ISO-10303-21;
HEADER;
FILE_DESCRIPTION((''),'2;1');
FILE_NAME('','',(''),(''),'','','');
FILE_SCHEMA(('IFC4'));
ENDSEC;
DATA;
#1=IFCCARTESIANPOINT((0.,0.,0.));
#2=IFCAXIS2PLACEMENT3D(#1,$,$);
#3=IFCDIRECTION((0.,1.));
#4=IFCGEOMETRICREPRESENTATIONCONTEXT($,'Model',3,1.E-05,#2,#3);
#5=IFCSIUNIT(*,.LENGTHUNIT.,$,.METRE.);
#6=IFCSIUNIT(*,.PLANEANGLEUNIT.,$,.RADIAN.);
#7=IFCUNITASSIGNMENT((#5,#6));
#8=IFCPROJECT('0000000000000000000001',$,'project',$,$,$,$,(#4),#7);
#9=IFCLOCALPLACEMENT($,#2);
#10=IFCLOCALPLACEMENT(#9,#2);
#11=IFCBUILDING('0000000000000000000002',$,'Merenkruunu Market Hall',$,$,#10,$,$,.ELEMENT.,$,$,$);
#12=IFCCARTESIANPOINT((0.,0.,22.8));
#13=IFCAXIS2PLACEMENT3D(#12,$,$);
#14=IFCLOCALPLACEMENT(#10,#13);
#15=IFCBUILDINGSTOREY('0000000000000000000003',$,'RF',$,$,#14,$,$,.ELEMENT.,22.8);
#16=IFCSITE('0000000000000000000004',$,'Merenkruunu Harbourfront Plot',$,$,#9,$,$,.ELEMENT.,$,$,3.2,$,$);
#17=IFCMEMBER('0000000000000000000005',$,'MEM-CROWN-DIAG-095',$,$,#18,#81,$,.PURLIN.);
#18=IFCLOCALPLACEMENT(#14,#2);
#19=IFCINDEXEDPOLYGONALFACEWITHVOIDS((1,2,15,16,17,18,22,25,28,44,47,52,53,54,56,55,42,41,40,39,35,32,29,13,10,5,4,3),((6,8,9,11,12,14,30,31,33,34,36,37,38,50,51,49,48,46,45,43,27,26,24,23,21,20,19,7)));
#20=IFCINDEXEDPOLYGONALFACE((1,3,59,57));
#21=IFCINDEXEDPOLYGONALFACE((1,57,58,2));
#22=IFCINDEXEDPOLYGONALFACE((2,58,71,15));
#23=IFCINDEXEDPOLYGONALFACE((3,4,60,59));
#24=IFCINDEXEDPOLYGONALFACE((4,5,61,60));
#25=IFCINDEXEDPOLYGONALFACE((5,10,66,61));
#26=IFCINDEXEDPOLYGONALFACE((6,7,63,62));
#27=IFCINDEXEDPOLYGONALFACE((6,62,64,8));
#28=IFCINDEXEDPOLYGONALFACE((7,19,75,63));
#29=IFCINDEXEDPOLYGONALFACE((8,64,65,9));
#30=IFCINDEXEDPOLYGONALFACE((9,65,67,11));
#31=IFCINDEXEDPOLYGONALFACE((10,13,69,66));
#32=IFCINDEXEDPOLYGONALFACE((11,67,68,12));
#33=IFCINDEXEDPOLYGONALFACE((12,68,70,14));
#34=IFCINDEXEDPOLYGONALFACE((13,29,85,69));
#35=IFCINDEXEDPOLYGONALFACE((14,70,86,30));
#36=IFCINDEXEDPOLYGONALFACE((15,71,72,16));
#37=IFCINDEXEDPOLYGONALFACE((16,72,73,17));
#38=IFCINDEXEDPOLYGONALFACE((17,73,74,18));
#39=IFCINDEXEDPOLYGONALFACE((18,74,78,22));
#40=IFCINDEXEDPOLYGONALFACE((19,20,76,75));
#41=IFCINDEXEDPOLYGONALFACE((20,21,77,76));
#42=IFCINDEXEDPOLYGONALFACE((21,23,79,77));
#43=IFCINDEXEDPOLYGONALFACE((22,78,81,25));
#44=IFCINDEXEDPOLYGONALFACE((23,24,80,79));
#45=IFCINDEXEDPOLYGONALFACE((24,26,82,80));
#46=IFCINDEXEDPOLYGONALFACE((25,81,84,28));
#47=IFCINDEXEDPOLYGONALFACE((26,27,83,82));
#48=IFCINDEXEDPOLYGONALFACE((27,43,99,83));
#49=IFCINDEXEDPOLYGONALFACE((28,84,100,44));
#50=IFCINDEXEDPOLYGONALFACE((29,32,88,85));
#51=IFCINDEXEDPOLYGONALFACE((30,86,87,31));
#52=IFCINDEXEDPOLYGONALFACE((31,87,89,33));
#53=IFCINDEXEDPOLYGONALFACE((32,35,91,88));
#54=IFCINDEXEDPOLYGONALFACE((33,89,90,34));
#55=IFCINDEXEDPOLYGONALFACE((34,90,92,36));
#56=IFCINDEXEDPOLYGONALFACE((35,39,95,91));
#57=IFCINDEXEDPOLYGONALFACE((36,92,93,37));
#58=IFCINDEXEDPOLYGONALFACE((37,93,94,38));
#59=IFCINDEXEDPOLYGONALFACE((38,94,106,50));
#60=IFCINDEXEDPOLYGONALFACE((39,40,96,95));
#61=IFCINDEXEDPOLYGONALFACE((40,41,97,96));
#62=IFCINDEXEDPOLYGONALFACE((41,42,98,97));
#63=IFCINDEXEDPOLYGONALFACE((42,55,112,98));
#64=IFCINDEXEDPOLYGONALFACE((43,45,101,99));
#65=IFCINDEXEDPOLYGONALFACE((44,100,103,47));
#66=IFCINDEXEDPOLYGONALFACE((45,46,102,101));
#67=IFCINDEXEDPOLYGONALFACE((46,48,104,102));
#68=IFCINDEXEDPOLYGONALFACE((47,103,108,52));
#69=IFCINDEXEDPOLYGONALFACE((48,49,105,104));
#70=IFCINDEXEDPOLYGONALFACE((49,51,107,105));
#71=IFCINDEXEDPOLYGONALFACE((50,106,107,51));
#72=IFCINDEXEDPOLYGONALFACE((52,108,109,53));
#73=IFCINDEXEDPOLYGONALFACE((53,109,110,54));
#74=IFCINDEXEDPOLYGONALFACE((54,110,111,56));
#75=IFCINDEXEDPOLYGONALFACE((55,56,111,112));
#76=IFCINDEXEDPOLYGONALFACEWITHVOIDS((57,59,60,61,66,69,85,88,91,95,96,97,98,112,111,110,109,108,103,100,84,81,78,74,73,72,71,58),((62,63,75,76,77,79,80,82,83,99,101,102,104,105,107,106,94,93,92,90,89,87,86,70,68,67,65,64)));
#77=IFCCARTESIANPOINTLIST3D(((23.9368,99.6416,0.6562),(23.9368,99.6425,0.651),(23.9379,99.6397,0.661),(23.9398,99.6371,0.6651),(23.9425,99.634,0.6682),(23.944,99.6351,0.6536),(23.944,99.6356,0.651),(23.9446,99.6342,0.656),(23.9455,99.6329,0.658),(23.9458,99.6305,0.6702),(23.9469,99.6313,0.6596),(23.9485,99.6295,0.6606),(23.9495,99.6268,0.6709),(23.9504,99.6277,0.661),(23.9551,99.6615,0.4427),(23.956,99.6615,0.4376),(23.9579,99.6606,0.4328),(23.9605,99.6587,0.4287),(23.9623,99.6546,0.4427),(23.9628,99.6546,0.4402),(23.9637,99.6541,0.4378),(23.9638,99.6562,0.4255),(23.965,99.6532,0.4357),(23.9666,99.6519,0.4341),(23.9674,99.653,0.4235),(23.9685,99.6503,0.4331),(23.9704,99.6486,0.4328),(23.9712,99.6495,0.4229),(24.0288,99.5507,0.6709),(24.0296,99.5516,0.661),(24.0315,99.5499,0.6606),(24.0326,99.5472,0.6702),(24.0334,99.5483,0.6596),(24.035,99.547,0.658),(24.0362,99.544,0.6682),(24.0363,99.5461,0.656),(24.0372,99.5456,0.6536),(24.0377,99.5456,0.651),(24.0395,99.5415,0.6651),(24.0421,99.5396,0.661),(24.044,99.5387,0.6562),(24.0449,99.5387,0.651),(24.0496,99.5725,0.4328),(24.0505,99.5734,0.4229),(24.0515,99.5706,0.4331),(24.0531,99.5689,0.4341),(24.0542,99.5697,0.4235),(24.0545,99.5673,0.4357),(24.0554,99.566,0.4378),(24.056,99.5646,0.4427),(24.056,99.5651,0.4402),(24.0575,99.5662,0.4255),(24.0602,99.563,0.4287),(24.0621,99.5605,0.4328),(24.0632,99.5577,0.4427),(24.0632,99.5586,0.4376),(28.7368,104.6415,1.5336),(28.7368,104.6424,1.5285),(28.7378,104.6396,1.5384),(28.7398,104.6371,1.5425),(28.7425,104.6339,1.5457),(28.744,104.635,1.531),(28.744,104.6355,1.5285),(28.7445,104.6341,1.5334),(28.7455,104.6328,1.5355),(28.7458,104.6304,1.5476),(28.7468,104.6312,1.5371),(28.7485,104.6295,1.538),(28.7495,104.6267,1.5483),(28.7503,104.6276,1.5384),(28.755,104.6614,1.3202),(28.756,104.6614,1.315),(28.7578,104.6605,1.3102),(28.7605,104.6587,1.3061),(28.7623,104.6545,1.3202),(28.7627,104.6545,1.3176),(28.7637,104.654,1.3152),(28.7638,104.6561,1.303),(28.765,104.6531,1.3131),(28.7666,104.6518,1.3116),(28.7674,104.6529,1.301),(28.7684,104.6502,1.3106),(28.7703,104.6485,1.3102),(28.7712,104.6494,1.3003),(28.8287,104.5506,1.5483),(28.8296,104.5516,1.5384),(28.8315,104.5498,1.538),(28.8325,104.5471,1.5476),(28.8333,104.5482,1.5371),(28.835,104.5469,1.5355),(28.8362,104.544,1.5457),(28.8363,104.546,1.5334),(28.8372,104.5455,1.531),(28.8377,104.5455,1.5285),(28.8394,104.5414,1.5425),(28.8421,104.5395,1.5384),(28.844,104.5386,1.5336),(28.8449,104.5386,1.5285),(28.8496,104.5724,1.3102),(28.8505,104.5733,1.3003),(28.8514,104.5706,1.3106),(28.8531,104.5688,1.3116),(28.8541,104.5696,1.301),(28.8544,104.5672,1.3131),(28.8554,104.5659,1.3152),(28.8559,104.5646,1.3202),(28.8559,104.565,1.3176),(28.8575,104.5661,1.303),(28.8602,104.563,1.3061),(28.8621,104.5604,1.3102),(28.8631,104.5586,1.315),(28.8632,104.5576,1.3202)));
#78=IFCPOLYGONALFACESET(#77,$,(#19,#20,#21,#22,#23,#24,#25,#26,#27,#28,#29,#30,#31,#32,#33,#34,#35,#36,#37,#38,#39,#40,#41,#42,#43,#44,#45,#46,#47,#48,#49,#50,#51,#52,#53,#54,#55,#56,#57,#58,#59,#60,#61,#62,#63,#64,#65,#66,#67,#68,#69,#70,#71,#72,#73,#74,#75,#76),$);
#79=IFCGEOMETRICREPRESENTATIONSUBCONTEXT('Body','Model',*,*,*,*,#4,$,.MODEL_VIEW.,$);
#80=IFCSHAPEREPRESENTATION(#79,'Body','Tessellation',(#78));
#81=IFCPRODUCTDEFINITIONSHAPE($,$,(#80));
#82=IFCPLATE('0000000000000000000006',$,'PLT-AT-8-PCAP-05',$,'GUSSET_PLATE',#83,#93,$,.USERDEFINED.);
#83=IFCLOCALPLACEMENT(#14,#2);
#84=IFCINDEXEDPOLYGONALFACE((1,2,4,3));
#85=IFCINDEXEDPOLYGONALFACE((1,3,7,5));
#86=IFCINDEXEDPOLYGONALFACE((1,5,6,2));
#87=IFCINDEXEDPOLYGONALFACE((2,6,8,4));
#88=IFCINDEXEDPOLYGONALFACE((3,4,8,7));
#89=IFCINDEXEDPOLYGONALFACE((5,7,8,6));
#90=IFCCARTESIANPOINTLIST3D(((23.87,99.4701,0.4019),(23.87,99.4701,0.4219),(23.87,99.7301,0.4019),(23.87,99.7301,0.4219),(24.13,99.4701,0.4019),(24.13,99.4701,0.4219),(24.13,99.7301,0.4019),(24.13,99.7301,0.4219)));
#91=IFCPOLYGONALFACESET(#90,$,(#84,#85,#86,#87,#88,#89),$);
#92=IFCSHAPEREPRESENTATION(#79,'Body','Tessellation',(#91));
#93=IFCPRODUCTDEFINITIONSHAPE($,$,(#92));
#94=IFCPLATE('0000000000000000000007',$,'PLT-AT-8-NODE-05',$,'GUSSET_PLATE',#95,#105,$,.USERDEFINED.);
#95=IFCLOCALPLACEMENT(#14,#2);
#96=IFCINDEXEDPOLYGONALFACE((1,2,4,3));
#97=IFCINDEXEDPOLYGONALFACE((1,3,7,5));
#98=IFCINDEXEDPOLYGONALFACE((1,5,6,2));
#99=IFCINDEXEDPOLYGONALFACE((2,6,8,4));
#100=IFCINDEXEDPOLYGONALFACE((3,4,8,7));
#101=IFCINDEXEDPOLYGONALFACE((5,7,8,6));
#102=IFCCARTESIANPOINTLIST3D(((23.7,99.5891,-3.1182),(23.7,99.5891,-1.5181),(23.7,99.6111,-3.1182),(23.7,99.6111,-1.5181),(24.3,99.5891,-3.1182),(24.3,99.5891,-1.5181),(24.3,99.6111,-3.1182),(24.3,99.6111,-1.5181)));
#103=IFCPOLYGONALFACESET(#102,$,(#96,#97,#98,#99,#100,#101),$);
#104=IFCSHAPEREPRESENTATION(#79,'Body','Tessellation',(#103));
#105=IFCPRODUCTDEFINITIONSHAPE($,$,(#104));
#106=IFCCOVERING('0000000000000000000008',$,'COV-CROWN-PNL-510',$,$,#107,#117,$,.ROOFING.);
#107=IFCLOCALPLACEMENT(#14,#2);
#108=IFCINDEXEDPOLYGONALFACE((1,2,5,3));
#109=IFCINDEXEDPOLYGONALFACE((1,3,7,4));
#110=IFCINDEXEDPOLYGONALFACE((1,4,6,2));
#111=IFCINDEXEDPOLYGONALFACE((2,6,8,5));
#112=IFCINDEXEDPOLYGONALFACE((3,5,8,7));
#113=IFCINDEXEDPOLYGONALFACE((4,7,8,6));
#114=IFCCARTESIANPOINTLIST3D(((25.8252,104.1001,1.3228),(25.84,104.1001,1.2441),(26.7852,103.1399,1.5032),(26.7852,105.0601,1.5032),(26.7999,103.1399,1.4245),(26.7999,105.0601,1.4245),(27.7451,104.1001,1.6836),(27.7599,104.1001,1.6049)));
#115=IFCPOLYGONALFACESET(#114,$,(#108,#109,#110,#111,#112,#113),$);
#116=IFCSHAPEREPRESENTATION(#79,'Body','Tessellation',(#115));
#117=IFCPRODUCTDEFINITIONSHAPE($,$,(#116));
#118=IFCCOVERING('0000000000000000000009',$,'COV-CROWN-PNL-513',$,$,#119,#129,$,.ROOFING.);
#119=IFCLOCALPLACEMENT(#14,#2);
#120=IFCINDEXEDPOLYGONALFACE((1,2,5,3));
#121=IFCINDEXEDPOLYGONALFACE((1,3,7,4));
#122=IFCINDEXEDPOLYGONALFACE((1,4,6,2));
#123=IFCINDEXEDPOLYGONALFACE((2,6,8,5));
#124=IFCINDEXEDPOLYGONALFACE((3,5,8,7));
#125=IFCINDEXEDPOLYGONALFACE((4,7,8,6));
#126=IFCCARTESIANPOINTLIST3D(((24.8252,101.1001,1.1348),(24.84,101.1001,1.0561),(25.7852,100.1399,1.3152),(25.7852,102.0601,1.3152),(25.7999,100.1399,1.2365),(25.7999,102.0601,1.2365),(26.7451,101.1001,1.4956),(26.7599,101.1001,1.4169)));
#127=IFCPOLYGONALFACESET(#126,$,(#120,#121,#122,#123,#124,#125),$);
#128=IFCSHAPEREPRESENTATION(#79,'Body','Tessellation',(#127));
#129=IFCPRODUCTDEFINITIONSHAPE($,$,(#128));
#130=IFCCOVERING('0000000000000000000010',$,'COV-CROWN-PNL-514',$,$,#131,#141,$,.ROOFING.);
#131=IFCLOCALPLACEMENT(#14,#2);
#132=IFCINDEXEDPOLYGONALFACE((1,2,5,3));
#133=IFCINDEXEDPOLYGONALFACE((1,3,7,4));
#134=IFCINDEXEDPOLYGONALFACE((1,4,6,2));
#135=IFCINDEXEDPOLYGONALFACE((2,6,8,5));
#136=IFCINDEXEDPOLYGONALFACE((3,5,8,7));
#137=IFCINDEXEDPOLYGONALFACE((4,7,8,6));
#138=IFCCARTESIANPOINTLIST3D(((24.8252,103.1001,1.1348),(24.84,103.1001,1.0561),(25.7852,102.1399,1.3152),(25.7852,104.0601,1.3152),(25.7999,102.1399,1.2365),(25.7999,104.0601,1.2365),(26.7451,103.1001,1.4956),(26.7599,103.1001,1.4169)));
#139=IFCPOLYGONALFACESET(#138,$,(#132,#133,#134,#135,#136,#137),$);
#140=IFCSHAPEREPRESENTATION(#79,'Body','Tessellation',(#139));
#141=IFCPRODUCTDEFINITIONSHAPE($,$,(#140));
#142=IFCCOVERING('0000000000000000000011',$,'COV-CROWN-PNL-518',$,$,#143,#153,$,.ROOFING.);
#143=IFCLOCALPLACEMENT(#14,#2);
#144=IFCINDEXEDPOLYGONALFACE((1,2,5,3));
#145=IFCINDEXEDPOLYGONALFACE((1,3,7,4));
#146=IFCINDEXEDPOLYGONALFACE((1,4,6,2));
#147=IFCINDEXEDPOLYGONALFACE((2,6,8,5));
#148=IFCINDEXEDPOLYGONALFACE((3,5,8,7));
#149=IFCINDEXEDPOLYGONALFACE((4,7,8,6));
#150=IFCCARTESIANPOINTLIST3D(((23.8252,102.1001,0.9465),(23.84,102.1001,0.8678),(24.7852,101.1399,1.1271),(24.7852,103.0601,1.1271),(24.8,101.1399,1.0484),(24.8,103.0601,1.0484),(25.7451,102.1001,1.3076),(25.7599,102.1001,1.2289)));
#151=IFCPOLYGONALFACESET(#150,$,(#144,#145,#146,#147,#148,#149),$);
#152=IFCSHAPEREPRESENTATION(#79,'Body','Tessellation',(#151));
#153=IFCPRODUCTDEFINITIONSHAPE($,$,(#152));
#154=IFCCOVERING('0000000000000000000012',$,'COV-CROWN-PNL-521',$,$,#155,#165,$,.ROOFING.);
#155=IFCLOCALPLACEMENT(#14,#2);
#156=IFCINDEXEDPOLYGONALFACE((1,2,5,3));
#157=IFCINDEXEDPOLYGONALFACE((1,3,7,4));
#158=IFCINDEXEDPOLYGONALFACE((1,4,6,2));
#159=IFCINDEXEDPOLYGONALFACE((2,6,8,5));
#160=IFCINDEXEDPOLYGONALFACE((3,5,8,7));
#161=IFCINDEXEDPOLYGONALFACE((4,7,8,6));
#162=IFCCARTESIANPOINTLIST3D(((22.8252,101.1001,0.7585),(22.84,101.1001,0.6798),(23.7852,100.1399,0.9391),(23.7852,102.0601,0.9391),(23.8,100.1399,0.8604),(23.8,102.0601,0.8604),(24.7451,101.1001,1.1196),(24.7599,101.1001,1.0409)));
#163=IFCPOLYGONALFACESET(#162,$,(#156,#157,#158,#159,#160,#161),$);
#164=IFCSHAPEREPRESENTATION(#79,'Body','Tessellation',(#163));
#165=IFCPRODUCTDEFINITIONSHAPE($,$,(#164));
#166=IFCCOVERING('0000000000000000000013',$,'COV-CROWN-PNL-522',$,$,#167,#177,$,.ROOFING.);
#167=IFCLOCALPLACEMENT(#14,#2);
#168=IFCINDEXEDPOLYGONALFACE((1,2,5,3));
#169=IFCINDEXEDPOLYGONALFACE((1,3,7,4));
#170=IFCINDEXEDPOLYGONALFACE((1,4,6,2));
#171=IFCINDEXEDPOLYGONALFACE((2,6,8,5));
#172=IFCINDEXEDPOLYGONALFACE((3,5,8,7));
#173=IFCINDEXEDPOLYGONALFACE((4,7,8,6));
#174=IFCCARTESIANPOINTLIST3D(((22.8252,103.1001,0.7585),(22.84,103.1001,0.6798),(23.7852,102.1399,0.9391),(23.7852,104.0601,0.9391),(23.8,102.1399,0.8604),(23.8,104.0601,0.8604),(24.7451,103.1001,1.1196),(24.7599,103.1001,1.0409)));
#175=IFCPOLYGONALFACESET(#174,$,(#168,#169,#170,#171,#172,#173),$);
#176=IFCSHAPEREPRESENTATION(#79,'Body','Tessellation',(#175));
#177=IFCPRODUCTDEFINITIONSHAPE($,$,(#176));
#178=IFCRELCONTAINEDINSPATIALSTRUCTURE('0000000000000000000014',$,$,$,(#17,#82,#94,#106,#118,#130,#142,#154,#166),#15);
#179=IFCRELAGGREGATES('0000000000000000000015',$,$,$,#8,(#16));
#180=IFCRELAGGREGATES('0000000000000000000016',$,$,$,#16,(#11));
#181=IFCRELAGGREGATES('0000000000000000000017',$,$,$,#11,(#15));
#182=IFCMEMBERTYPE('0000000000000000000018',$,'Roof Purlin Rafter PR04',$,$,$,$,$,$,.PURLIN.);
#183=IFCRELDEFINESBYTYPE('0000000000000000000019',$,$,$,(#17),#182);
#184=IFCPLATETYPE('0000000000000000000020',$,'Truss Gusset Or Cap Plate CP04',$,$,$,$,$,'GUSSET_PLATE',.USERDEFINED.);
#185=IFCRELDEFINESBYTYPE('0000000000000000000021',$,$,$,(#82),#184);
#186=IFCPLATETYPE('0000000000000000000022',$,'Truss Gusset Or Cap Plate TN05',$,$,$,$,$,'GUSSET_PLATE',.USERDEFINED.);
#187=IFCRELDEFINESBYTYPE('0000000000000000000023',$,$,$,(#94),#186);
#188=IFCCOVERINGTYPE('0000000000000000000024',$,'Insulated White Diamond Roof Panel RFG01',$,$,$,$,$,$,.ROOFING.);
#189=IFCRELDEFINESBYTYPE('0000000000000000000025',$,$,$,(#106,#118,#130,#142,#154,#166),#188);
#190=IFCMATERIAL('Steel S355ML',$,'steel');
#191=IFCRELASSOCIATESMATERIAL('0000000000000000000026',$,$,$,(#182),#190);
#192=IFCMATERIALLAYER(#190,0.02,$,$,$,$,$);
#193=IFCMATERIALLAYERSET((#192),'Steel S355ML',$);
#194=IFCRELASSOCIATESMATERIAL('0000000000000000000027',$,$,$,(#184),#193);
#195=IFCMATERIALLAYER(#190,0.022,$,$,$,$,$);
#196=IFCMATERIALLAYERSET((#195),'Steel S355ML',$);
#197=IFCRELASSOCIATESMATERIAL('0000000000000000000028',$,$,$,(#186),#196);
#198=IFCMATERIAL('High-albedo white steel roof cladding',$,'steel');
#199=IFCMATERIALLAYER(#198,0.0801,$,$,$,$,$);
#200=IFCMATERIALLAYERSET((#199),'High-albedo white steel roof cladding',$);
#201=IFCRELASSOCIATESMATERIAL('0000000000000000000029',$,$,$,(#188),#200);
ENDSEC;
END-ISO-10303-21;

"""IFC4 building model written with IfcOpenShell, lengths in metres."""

from ifc_helpers import new_model, si_unit, direction, frame, origin, origin_2d, place, context, subcontext, project, spatial, polyline, rectangle, hollow_rectangle, outline, extrude, material, layer, layer_set, material_profile, profile_set, type_object, element, save


model = new_model("IFC4")

# Units and contexts
model_context = context("Model", 3, precision=1e-05, world=origin(), true_north=direction((0.0, 1.0)))
body_context = subcontext(model_context, "Body", "Model", "MODEL_VIEW")
ifc_project = project(units=[si_unit("LENGTHUNIT", "METRE"), si_unit("PLANEANGLEUNIT", "RADIAN")], contexts=[model_context])

# Site, building, storey
site_placement = place(None, origin())
site = spatial("IfcSite", under=ifc_project, at=site_placement, Name="Merenkruunu Harbourfront Plot", CompositionType="ELEMENT", RefElevation=3.2)
building_placement = place(site_placement, origin())
building = spatial("IfcBuilding", under=site, at=building_placement, Name="Merenkruunu Market Hall", CompositionType="ELEMENT")
storey_placement = place(building_placement, frame((0.0, 0.0, 22.8)))
storey = spatial("IfcBuildingStorey", under=building, at=storey_placement, Name="RF", CompositionType="ELEMENT", Elevation=22.8)

# Member
ifc_material_1 = material(Name="Steel S355ML", Category="steel")
ifc_material_profile_1 = material_profile(ifc_material_1, hollow_rectangle(XDim=0.1499, YDim=0.25, WallThickness=0.01, InnerFilletRadius=0.01, OuterFilletRadius=0.02, at=origin_2d()), Name="RHS 250x150x10")
ifc_profile_set_1 = profile_set([ifc_material_profile_1], Name="Steel S355ML")
member_type_1 = type_object("IfcMemberType", Name="Roof Purlin Rafter PR04", PredefinedType="PURLIN", material=ifc_profile_set_1)
member_1_placement = place(storey_placement, frame((24.0, 99.6001, 0.5469), z_axis=(0.687052, 0.715672, 0.125592), x_axis=(-0.721384, 0.692535, 0.0)))
element("IfcMember", 1, at=member_1_placement, inside=storey, type_object=member_type_1, Name="MEM-CROWN-DIAG-095", PredefinedType="PURLIN", context=body_context, shape_type="SweptSolid", body=[
    extrude(hollow_rectangle(XDim=0.1499, YDim=0.25, WallThickness=0.01, InnerFilletRadius=0.01, OuterFilletRadius=0.02, at=origin_2d()), origin(), (0.0, 0.0, 1.0), 6.9863),
])

# Plates
ifc_layer_1 = layer(ifc_material_1, 0.02)
ifc_layer_set_1 = layer_set([ifc_layer_1], Name="Steel S355ML")
plate_type_1 = type_object("IfcPlateType", Name="Truss Gusset Or Cap Plate CP04", ElementType="GUSSET_PLATE", PredefinedType="USERDEFINED", material=ifc_layer_set_1)
plate_1_placement = place(storey_placement, frame((24.0, 99.6001, 0.4019), z_axis=(0.0, 0.0, 1.0), x_axis=(1.0, 0.0, 0.0)))
element("IfcPlate", 2, at=plate_1_placement, inside=storey, type_object=plate_type_1, Name="PLT-AT-8-PCAP-05", ObjectType="GUSSET_PLATE", PredefinedType="USERDEFINED", context=body_context, shape_type="SweptSolid", body=[
    extrude(rectangle(XDim=0.26, YDim=0.26, at=origin_2d()), origin(), (0.0, 0.0, 1.0), 0.02),
])
ifc_layer_2 = layer(ifc_material_1, 0.022)
ifc_layer_set_2 = layer_set([ifc_layer_2], Name="Steel S355ML")
plate_type_2 = type_object("IfcPlateType", Name="Truss Gusset Or Cap Plate TN05", ElementType="GUSSET_PLATE", PredefinedType="USERDEFINED", material=ifc_layer_set_2)
plate_2_placement = place(storey_placement, frame((24.0, 99.6001, -3.1182), z_axis=(0.0, 0.0, 1.0), x_axis=(1.0, 0.0, 0.0)))
element("IfcPlate", 3, at=plate_2_placement, inside=storey, type_object=plate_type_2, Name="PLT-AT-8-NODE-05", ObjectType="GUSSET_PLATE", PredefinedType="USERDEFINED", context=body_context, shape_type="SweptSolid", body=[
    extrude(rectangle(XDim=0.6001, YDim=0.022, at=origin_2d()), origin(), (0.0, 0.0, 1.0), 1.6001),
])

# Coverings
ifc_material_2 = material(Name="High-albedo white steel roof cladding", Category="steel")
ifc_layer_3 = layer(ifc_material_2, 0.0801)
ifc_layer_set_3 = layer_set([ifc_layer_3], Name="High-albedo white steel roof cladding")
covering_type = type_object("IfcCoveringType", Name="Insulated White Diamond Roof Panel RFG01", PredefinedType="ROOFING", material=ifc_layer_set_3)
for number, where, z_axis, x_axis, name in (
    (4, (25.8252, 104.1001, 1.3228), (-0.184711, 0.0, 0.982793), (0.700856, -0.701035, 0.131722), "COV-CROWN-PNL-510"),
    (5, (24.8252, 101.1001, 1.1348), (-0.184711, 0.0, 0.982793), (0.700856, -0.701035, 0.131722), "COV-CROWN-PNL-513"),
    (6, (24.8252, 103.1001, 1.1348), (-0.184711, 0.0, 0.982793), (0.700856, -0.701035, 0.131722), "COV-CROWN-PNL-514"),
):
    element("IfcCovering", number, at=place(storey_placement, frame(where, z_axis=z_axis, x_axis=x_axis)), inside=storey, type_object=covering_type, Name=name, PredefinedType="ROOFING", context=body_context, shape_type="SweptSolid", body=[
        extrude(outline(polyline([(0.0, 0.0), (1.3697, 0.0), (1.3931, 1.3695), (0.0236, 1.3693), (0.0, 0.0)])), origin(), (0.0, 0.0, -1.0), 0.0801),
    ])
for number, where, z_axis, x_axis, name in (
    (7, (23.8252, 102.1001, 0.9465), (-0.184832, 0.0, 0.98277), (0.700856, -0.701018, 0.131812), "COV-CROWN-PNL-518"),
    (8, (22.8252, 101.1001, 0.7585), (-0.184832, 0.0, 0.98277), (0.700856, -0.701018, 0.131812), "COV-CROWN-PNL-521"),
    (9, (22.8252, 103.1001, 0.7585), (-0.184832, 0.0, 0.98277), (0.700856, -0.701018, 0.131812), "COV-CROWN-PNL-522"),
):
    element("IfcCovering", number, at=place(storey_placement, frame(where, z_axis=z_axis, x_axis=x_axis)), inside=storey, type_object=covering_type, Name=name, PredefinedType="ROOFING", context=body_context, shape_type="SweptSolid", body=[
        extrude(outline(polyline([(0.0, 0.0), (1.3697, 0.0), (1.3932, 1.3695), (0.0237, 1.3694), (0.0, 0.0)])), origin(), (0.0, 0.0, -1.0), 0.0801),
    ])

save(model, "model.ifc")
